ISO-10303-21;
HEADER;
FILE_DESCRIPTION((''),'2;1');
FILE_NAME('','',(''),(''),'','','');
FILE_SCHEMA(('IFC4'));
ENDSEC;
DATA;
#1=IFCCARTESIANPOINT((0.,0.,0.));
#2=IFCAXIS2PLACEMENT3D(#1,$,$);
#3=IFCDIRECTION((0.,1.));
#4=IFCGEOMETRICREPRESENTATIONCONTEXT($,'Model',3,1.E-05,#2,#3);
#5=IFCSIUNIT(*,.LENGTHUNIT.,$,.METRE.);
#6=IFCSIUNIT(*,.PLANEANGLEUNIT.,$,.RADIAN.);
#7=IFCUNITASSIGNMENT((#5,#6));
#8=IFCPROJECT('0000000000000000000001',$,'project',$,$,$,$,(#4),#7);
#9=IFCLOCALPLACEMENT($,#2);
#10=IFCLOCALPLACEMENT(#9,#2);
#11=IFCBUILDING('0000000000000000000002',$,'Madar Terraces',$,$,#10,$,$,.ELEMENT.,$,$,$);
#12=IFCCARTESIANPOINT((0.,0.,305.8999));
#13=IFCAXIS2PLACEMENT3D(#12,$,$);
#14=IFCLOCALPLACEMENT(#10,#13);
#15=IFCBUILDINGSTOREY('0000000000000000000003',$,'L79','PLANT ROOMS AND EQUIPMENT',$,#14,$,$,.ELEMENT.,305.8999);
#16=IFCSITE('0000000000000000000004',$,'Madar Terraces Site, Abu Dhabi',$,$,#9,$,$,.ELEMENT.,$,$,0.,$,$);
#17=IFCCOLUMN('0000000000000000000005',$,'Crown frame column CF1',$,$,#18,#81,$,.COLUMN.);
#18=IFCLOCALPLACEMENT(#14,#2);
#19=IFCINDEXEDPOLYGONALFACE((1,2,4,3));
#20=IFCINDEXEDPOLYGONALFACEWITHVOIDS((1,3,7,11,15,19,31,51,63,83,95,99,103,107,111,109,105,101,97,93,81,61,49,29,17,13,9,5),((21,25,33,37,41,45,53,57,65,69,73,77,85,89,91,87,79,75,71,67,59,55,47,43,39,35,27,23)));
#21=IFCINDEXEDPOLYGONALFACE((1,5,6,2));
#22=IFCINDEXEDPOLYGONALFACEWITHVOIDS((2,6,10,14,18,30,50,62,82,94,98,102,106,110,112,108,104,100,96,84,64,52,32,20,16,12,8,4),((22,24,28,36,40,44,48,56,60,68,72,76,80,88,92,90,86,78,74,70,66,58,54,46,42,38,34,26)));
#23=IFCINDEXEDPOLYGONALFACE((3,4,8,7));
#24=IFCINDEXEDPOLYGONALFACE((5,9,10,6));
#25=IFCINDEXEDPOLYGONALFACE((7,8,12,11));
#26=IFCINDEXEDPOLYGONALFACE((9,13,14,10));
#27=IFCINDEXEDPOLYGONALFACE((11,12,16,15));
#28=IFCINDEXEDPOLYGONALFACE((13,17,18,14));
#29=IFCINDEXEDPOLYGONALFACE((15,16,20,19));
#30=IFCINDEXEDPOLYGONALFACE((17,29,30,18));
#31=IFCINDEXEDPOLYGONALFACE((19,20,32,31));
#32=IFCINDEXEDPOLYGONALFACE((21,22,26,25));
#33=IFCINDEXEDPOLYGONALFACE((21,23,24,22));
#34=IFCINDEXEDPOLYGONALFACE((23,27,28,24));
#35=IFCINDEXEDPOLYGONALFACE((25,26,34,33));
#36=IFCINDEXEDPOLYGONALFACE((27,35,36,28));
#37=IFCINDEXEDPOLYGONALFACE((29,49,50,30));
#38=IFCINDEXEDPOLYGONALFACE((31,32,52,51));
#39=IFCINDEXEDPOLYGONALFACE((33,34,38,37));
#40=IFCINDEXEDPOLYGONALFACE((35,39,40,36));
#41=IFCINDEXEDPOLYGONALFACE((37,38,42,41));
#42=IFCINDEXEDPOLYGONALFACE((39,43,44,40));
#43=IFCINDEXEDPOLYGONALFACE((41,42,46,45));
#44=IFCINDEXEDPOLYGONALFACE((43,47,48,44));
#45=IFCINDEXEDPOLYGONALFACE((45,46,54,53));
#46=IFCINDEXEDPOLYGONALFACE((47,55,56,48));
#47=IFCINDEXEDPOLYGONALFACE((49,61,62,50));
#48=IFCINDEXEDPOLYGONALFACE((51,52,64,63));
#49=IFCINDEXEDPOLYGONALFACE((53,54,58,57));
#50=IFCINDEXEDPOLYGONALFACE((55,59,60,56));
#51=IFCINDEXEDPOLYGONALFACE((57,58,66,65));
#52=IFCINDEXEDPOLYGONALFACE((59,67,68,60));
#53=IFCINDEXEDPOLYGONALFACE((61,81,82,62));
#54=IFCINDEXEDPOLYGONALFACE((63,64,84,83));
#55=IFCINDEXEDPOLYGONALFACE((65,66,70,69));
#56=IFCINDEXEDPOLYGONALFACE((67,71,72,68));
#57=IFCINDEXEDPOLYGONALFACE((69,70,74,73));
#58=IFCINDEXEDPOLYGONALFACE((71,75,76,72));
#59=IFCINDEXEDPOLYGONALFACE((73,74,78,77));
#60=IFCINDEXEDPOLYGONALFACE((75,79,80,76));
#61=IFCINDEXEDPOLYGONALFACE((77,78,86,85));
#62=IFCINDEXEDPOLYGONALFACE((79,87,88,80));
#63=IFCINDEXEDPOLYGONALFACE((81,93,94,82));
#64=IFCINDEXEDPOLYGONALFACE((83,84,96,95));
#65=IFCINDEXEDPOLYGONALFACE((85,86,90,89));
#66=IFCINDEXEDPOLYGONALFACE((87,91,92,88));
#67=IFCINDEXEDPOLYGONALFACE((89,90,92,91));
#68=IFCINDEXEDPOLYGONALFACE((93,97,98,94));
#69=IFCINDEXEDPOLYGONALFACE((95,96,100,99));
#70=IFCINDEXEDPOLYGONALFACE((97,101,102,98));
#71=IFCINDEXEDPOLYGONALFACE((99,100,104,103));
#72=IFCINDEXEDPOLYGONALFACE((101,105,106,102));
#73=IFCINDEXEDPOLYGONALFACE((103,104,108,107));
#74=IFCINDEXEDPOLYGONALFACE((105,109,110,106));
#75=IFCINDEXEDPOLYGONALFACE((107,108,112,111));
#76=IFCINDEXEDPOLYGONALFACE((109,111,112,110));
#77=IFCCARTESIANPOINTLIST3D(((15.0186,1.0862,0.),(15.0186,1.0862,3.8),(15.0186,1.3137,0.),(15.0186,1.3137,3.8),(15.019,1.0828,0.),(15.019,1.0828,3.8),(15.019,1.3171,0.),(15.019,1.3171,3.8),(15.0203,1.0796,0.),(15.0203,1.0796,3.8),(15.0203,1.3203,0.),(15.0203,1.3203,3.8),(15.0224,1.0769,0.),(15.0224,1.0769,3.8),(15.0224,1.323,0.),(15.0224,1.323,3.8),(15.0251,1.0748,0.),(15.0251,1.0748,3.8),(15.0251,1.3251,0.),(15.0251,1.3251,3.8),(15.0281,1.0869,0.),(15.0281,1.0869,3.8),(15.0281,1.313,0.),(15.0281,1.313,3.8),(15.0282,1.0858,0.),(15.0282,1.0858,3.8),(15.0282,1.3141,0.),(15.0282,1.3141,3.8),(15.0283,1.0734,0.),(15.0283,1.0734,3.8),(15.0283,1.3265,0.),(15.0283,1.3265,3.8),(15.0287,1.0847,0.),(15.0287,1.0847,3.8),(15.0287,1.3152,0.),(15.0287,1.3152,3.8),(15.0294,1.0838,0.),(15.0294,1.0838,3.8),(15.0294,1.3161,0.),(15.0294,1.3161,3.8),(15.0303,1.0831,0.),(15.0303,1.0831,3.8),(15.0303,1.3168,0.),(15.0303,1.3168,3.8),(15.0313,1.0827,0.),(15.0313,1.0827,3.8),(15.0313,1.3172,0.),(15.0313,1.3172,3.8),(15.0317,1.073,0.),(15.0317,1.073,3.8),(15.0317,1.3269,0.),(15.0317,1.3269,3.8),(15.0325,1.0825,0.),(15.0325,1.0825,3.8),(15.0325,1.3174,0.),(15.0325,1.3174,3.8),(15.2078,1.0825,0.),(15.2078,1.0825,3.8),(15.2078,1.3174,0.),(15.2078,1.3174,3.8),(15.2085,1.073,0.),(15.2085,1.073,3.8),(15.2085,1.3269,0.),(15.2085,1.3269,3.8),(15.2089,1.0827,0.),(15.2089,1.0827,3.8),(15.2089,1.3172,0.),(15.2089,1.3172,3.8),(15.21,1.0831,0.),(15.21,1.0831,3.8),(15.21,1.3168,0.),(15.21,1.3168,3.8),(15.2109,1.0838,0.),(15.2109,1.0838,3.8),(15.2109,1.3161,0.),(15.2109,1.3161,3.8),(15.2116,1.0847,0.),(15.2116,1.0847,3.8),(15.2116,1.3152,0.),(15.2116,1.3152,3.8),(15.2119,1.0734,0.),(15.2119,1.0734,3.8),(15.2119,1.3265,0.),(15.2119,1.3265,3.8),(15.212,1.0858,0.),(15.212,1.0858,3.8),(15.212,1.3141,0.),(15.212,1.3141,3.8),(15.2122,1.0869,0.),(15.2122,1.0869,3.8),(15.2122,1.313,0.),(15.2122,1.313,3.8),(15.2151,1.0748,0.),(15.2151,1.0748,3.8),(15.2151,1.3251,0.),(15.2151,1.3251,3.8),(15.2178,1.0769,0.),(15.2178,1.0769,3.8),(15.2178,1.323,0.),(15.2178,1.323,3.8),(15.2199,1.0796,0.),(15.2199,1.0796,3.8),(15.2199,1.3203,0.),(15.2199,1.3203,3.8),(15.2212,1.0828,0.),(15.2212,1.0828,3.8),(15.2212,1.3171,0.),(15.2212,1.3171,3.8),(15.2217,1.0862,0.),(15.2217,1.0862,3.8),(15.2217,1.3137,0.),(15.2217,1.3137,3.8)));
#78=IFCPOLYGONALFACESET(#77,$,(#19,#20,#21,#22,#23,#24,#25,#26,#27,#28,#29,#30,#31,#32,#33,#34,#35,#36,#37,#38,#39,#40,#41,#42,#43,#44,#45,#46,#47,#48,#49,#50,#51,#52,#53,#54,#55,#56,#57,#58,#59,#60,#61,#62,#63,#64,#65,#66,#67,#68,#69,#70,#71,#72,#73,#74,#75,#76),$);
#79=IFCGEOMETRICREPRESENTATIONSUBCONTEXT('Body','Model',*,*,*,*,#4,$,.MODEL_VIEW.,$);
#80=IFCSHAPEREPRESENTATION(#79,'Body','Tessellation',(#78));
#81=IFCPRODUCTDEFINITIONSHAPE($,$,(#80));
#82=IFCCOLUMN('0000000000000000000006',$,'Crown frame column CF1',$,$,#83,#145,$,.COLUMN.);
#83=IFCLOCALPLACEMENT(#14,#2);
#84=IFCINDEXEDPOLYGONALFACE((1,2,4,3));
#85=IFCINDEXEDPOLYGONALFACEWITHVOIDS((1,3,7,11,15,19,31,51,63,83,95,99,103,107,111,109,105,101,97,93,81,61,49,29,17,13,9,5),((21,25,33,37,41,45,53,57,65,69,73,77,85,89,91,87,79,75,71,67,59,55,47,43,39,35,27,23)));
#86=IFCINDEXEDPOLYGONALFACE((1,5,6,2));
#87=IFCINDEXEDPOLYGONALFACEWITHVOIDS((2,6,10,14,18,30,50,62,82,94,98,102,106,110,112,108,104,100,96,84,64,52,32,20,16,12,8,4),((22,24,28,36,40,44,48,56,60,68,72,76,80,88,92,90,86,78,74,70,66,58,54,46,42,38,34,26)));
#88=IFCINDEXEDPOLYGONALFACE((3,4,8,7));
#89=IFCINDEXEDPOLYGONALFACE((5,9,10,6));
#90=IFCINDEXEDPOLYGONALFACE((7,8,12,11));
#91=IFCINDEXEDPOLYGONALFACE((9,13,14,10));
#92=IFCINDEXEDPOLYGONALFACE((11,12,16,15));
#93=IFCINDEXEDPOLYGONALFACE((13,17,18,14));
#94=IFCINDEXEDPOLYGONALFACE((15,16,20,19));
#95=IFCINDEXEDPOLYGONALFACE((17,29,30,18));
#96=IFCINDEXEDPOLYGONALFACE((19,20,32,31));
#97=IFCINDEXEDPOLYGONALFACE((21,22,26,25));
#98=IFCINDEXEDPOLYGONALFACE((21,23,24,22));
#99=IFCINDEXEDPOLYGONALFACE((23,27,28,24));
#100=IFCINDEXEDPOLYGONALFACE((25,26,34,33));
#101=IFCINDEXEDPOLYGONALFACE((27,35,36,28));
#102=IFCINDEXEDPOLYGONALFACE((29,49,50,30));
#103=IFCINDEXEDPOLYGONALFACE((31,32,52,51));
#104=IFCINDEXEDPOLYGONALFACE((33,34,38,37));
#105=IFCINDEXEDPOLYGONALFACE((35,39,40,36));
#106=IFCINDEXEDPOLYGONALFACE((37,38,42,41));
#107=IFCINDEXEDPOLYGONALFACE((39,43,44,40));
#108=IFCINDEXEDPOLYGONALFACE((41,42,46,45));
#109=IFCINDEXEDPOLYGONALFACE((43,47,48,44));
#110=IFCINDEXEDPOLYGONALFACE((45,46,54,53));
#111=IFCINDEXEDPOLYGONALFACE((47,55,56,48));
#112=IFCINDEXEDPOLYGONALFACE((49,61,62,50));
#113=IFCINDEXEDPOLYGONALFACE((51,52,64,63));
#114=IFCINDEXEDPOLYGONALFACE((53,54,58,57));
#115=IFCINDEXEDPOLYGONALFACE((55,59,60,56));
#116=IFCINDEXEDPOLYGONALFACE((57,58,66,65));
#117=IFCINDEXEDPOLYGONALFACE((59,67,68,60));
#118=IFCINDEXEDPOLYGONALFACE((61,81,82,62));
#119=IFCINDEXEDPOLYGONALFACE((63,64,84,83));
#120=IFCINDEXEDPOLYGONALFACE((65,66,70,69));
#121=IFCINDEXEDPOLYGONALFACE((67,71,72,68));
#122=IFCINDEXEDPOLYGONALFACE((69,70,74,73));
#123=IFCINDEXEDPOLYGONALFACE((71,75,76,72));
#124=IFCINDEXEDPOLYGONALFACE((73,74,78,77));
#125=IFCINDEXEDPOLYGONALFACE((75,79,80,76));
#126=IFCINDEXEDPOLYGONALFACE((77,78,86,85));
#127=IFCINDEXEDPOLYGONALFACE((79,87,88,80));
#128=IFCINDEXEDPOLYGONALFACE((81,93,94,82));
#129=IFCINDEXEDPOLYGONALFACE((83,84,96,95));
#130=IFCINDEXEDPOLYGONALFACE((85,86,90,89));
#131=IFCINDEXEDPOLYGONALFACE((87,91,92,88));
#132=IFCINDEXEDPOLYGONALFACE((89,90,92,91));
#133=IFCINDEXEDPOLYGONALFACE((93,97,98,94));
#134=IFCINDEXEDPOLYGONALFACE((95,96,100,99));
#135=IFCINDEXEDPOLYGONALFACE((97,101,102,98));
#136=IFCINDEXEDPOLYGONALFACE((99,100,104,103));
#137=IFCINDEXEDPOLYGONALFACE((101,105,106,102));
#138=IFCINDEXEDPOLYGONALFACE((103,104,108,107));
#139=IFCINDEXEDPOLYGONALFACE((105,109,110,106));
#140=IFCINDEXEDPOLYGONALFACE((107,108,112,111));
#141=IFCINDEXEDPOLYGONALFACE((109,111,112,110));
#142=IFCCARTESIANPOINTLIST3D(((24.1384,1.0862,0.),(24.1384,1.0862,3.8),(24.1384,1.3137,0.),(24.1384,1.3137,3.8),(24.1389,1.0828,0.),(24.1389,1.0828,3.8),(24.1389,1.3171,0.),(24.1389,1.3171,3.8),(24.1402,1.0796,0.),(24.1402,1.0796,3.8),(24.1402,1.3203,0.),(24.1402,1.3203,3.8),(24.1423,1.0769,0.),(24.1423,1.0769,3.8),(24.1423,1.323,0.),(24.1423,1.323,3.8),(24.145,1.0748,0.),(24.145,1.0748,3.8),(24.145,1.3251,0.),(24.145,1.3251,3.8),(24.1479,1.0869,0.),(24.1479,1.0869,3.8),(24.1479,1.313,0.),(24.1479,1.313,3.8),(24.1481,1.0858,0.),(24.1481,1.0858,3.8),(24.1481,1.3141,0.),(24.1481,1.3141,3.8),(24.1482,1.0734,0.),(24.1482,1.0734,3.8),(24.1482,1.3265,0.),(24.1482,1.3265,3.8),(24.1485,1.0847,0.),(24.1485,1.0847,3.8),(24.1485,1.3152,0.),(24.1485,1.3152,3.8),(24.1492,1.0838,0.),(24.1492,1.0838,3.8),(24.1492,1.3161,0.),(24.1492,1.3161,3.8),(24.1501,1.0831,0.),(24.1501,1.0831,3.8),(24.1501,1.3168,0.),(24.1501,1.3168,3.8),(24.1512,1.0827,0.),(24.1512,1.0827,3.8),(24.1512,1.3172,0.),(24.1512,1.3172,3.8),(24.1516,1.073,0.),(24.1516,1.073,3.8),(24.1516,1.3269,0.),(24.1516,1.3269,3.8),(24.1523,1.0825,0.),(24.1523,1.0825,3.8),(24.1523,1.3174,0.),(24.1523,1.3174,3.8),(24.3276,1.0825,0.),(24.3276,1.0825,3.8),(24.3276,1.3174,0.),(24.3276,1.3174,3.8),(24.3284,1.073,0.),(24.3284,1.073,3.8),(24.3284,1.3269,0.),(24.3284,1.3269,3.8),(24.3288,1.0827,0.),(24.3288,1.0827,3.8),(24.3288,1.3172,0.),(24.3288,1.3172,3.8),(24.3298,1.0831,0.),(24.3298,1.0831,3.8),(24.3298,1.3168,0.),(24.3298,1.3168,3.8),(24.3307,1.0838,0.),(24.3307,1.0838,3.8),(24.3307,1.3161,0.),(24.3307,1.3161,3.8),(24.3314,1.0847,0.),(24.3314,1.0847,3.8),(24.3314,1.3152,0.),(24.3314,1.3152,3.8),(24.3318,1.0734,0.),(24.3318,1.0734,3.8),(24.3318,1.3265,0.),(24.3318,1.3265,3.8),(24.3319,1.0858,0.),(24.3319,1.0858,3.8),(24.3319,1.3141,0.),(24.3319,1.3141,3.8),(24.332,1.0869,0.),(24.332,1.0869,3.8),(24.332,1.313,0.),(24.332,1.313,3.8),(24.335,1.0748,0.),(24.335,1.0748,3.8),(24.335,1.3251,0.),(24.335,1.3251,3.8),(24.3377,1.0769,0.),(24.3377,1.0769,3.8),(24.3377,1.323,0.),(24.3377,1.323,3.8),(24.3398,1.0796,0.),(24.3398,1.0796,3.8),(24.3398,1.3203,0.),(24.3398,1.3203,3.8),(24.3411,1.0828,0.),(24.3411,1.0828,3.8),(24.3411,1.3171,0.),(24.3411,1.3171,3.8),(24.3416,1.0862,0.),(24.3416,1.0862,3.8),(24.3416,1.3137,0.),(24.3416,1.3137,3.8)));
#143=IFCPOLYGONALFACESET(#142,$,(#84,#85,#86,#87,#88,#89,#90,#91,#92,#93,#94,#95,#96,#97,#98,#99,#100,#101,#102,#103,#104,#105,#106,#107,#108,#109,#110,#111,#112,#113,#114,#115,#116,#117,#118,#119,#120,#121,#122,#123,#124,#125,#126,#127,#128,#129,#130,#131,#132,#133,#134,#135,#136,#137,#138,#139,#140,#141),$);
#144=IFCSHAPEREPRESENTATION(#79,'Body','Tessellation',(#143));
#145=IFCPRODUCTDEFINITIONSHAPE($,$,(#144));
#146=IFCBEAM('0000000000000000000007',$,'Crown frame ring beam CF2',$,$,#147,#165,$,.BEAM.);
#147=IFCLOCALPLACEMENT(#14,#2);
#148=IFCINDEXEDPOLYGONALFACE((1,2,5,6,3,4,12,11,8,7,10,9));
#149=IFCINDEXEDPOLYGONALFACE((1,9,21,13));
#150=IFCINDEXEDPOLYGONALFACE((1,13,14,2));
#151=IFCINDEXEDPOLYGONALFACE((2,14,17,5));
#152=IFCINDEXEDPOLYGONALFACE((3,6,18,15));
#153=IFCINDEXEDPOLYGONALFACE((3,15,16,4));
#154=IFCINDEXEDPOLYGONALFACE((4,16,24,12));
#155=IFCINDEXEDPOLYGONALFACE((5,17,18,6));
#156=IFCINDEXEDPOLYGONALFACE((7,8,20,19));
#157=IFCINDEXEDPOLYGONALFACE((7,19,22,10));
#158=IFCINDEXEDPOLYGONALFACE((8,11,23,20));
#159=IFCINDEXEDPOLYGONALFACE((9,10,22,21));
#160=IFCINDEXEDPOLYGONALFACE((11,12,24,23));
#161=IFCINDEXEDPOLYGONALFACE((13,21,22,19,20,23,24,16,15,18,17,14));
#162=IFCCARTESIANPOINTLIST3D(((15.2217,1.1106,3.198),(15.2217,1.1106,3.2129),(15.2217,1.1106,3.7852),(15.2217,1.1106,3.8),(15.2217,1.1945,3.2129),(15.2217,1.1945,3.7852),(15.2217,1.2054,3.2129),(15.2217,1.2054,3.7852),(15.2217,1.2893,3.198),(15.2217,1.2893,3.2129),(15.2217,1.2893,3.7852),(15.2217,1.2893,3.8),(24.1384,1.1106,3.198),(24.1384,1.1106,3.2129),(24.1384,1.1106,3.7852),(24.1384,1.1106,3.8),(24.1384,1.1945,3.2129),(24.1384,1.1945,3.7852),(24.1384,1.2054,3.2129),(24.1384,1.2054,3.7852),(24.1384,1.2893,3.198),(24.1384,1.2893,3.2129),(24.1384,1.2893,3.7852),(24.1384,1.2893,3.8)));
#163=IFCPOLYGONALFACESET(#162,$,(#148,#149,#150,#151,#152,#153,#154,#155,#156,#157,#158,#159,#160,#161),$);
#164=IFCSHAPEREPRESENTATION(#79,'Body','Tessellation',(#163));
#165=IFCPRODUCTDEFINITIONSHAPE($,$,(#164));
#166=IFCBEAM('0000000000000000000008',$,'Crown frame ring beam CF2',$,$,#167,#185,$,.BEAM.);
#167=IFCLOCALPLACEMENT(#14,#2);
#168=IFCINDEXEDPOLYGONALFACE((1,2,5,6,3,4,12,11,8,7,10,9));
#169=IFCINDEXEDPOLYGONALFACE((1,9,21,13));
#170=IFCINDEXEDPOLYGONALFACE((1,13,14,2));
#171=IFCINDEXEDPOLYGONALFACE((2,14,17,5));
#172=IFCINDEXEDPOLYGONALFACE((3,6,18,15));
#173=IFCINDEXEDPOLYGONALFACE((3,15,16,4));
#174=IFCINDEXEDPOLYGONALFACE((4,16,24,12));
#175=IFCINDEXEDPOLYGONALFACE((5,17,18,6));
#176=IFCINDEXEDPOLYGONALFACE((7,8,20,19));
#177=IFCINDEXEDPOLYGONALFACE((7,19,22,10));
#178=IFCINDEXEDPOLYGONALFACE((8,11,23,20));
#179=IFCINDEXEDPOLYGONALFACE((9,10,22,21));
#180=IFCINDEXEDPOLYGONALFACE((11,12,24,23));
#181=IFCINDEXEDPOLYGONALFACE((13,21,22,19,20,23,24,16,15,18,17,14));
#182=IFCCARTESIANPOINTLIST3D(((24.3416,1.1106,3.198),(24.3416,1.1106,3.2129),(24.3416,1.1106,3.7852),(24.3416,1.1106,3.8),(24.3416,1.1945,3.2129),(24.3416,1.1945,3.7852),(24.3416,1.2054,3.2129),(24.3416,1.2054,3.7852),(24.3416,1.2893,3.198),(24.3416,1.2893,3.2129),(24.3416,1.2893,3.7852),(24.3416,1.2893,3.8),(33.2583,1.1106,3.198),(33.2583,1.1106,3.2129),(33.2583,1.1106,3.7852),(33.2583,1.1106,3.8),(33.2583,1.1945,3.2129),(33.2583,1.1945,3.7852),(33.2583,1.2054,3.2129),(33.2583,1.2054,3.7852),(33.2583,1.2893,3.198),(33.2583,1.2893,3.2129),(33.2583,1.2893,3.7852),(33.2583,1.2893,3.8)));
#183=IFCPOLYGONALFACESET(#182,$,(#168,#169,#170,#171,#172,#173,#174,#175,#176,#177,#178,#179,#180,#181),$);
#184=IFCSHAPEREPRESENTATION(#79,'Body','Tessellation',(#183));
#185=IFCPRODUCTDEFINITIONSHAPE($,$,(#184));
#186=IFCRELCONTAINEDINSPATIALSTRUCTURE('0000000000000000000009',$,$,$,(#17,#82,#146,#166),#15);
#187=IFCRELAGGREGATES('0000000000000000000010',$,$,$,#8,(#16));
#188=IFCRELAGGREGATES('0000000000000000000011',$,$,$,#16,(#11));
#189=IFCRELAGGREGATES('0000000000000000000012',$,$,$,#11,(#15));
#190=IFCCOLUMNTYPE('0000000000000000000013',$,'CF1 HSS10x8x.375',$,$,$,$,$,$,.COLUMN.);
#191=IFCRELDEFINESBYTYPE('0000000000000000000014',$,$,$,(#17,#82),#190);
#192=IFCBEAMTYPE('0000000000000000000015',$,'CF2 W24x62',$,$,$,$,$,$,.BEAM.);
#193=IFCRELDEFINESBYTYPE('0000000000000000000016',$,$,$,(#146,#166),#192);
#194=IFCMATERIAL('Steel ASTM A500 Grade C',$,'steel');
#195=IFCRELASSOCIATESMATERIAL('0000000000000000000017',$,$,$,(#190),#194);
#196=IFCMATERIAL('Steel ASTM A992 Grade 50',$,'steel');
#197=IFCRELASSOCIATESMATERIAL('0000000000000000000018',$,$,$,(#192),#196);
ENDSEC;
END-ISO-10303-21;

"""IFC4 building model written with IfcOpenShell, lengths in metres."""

from ifc_helpers import new_model, si_unit, direction, frame, origin, origin_2d, place, context, subcontext, project, spatial, hollow_rectangle, i_section, extrude, material, material_profile, profile_set, type_object, element, save


model = new_model("IFC4")

# Units and contexts
model_context = context("Model", 3, precision=1e-05, world=origin(), true_north=direction((0.0, 1.0)))
body_context = subcontext(model_context, "Body", "Model", "MODEL_VIEW")
ifc_project = project(units=[si_unit("LENGTHUNIT", "METRE"), si_unit("PLANEANGLEUNIT", "RADIAN")], contexts=[model_context])

# Site, building, storey
site_placement = place(None, origin())
site = spatial("IfcSite", under=ifc_project, at=site_placement, Name="Madar Terraces Site, Abu Dhabi", CompositionType="ELEMENT", RefElevation=0.0)
building_placement = place(site_placement, origin())
building = spatial("IfcBuilding", under=site, at=building_placement, Name="Madar Terraces", CompositionType="ELEMENT")
storey_placement = place(building_placement, frame((0.0, 0.0, 305.8999)))
storey = spatial("IfcBuildingStorey", under=building, at=storey_placement, Name="L79", Description="PLANT ROOMS AND EQUIPMENT", CompositionType="ELEMENT", Elevation=305.8999)

# Columns
ifc_material_1 = material(Name="Steel ASTM A500 Grade C", Category="steel")
ifc_material_profile_1 = material_profile(ifc_material_1, hollow_rectangle(XDim=0.2031, YDim=0.2539, WallThickness=0.0095, InnerFilletRadius=0.0044, OuterFilletRadius=0.0132, at=origin_2d()), Name="HSS10x8x.375")
ifc_profile_set_1 = profile_set([ifc_material_profile_1], Name="Steel ASTM A500 Grade C")
column_type = type_object("IfcColumnType", Name="CF1 HSS10x8x.375", PredefinedType="COLUMN", material=ifc_profile_set_1)
for number, where, z_axis, x_axis, name in (
    (1, (15.1201, 1.2, 0.0), (0.0, 0.0, 1.0), (1.0, 0.0, 0.0), "Crown frame column CF1"),
    (2, (24.24, 1.2, 0.0), (0.0, 0.0, 1.0), (1.0, 0.0, 0.0), "Crown frame column CF1"),
):
    element("IfcColumn", number, at=place(storey_placement, frame(where, z_axis=z_axis, x_axis=x_axis)), inside=storey, type_object=column_type, Name=name, PredefinedType="COLUMN", context=body_context, shape_type="SweptSolid", body=[
        extrude(hollow_rectangle(XDim=0.2031, YDim=0.2539, WallThickness=0.0095, InnerFilletRadius=0.0044, OuterFilletRadius=0.0132, at=origin_2d()), origin(), (0.0, 0.0, 1.0), 3.8),
    ])

# Beams
ifc_material_2 = material(Name="Steel ASTM A992 Grade 50", Category="steel")
ifc_material_profile_2 = material_profile(ifc_material_2, i_section(OverallWidth=0.1787, OverallDepth=0.6021, WebThickness=0.011, FlangeThickness=0.0149, at=origin_2d()), Name="W24x62")
ifc_profile_set_2 = profile_set([ifc_material_profile_2], Name="Steel ASTM A992 Grade 50")
beam_type = type_object("IfcBeamType", Name="CF2 W24x62", PredefinedType="BEAM", material=ifc_profile_set_2)
for number, where, z_axis, x_axis, name in (
    (3, (15.2217, 1.2, 3.499), (1.0, 0.0, 0.0), (0.0, 1.0, 0.0), "Crown frame ring beam CF2"),
    (4, (24.3416, 1.2, 3.499), (1.0, 0.0, 0.0), (0.0, 1.0, 0.0), "Crown frame ring beam CF2"),
):
    element("IfcBeam", number, at=place(storey_placement, frame(where, z_axis=z_axis, x_axis=x_axis)), inside=storey, type_object=beam_type, Name=name, PredefinedType="BEAM", context=body_context, shape_type="SweptSolid", body=[
        extrude(i_section(OverallWidth=0.1787, OverallDepth=0.6021, WebThickness=0.011, FlangeThickness=0.0149, at=origin_2d()), origin(), (0.0, 0.0, 1.0), 8.9167),
    ])

save(model, "model.ifc")
